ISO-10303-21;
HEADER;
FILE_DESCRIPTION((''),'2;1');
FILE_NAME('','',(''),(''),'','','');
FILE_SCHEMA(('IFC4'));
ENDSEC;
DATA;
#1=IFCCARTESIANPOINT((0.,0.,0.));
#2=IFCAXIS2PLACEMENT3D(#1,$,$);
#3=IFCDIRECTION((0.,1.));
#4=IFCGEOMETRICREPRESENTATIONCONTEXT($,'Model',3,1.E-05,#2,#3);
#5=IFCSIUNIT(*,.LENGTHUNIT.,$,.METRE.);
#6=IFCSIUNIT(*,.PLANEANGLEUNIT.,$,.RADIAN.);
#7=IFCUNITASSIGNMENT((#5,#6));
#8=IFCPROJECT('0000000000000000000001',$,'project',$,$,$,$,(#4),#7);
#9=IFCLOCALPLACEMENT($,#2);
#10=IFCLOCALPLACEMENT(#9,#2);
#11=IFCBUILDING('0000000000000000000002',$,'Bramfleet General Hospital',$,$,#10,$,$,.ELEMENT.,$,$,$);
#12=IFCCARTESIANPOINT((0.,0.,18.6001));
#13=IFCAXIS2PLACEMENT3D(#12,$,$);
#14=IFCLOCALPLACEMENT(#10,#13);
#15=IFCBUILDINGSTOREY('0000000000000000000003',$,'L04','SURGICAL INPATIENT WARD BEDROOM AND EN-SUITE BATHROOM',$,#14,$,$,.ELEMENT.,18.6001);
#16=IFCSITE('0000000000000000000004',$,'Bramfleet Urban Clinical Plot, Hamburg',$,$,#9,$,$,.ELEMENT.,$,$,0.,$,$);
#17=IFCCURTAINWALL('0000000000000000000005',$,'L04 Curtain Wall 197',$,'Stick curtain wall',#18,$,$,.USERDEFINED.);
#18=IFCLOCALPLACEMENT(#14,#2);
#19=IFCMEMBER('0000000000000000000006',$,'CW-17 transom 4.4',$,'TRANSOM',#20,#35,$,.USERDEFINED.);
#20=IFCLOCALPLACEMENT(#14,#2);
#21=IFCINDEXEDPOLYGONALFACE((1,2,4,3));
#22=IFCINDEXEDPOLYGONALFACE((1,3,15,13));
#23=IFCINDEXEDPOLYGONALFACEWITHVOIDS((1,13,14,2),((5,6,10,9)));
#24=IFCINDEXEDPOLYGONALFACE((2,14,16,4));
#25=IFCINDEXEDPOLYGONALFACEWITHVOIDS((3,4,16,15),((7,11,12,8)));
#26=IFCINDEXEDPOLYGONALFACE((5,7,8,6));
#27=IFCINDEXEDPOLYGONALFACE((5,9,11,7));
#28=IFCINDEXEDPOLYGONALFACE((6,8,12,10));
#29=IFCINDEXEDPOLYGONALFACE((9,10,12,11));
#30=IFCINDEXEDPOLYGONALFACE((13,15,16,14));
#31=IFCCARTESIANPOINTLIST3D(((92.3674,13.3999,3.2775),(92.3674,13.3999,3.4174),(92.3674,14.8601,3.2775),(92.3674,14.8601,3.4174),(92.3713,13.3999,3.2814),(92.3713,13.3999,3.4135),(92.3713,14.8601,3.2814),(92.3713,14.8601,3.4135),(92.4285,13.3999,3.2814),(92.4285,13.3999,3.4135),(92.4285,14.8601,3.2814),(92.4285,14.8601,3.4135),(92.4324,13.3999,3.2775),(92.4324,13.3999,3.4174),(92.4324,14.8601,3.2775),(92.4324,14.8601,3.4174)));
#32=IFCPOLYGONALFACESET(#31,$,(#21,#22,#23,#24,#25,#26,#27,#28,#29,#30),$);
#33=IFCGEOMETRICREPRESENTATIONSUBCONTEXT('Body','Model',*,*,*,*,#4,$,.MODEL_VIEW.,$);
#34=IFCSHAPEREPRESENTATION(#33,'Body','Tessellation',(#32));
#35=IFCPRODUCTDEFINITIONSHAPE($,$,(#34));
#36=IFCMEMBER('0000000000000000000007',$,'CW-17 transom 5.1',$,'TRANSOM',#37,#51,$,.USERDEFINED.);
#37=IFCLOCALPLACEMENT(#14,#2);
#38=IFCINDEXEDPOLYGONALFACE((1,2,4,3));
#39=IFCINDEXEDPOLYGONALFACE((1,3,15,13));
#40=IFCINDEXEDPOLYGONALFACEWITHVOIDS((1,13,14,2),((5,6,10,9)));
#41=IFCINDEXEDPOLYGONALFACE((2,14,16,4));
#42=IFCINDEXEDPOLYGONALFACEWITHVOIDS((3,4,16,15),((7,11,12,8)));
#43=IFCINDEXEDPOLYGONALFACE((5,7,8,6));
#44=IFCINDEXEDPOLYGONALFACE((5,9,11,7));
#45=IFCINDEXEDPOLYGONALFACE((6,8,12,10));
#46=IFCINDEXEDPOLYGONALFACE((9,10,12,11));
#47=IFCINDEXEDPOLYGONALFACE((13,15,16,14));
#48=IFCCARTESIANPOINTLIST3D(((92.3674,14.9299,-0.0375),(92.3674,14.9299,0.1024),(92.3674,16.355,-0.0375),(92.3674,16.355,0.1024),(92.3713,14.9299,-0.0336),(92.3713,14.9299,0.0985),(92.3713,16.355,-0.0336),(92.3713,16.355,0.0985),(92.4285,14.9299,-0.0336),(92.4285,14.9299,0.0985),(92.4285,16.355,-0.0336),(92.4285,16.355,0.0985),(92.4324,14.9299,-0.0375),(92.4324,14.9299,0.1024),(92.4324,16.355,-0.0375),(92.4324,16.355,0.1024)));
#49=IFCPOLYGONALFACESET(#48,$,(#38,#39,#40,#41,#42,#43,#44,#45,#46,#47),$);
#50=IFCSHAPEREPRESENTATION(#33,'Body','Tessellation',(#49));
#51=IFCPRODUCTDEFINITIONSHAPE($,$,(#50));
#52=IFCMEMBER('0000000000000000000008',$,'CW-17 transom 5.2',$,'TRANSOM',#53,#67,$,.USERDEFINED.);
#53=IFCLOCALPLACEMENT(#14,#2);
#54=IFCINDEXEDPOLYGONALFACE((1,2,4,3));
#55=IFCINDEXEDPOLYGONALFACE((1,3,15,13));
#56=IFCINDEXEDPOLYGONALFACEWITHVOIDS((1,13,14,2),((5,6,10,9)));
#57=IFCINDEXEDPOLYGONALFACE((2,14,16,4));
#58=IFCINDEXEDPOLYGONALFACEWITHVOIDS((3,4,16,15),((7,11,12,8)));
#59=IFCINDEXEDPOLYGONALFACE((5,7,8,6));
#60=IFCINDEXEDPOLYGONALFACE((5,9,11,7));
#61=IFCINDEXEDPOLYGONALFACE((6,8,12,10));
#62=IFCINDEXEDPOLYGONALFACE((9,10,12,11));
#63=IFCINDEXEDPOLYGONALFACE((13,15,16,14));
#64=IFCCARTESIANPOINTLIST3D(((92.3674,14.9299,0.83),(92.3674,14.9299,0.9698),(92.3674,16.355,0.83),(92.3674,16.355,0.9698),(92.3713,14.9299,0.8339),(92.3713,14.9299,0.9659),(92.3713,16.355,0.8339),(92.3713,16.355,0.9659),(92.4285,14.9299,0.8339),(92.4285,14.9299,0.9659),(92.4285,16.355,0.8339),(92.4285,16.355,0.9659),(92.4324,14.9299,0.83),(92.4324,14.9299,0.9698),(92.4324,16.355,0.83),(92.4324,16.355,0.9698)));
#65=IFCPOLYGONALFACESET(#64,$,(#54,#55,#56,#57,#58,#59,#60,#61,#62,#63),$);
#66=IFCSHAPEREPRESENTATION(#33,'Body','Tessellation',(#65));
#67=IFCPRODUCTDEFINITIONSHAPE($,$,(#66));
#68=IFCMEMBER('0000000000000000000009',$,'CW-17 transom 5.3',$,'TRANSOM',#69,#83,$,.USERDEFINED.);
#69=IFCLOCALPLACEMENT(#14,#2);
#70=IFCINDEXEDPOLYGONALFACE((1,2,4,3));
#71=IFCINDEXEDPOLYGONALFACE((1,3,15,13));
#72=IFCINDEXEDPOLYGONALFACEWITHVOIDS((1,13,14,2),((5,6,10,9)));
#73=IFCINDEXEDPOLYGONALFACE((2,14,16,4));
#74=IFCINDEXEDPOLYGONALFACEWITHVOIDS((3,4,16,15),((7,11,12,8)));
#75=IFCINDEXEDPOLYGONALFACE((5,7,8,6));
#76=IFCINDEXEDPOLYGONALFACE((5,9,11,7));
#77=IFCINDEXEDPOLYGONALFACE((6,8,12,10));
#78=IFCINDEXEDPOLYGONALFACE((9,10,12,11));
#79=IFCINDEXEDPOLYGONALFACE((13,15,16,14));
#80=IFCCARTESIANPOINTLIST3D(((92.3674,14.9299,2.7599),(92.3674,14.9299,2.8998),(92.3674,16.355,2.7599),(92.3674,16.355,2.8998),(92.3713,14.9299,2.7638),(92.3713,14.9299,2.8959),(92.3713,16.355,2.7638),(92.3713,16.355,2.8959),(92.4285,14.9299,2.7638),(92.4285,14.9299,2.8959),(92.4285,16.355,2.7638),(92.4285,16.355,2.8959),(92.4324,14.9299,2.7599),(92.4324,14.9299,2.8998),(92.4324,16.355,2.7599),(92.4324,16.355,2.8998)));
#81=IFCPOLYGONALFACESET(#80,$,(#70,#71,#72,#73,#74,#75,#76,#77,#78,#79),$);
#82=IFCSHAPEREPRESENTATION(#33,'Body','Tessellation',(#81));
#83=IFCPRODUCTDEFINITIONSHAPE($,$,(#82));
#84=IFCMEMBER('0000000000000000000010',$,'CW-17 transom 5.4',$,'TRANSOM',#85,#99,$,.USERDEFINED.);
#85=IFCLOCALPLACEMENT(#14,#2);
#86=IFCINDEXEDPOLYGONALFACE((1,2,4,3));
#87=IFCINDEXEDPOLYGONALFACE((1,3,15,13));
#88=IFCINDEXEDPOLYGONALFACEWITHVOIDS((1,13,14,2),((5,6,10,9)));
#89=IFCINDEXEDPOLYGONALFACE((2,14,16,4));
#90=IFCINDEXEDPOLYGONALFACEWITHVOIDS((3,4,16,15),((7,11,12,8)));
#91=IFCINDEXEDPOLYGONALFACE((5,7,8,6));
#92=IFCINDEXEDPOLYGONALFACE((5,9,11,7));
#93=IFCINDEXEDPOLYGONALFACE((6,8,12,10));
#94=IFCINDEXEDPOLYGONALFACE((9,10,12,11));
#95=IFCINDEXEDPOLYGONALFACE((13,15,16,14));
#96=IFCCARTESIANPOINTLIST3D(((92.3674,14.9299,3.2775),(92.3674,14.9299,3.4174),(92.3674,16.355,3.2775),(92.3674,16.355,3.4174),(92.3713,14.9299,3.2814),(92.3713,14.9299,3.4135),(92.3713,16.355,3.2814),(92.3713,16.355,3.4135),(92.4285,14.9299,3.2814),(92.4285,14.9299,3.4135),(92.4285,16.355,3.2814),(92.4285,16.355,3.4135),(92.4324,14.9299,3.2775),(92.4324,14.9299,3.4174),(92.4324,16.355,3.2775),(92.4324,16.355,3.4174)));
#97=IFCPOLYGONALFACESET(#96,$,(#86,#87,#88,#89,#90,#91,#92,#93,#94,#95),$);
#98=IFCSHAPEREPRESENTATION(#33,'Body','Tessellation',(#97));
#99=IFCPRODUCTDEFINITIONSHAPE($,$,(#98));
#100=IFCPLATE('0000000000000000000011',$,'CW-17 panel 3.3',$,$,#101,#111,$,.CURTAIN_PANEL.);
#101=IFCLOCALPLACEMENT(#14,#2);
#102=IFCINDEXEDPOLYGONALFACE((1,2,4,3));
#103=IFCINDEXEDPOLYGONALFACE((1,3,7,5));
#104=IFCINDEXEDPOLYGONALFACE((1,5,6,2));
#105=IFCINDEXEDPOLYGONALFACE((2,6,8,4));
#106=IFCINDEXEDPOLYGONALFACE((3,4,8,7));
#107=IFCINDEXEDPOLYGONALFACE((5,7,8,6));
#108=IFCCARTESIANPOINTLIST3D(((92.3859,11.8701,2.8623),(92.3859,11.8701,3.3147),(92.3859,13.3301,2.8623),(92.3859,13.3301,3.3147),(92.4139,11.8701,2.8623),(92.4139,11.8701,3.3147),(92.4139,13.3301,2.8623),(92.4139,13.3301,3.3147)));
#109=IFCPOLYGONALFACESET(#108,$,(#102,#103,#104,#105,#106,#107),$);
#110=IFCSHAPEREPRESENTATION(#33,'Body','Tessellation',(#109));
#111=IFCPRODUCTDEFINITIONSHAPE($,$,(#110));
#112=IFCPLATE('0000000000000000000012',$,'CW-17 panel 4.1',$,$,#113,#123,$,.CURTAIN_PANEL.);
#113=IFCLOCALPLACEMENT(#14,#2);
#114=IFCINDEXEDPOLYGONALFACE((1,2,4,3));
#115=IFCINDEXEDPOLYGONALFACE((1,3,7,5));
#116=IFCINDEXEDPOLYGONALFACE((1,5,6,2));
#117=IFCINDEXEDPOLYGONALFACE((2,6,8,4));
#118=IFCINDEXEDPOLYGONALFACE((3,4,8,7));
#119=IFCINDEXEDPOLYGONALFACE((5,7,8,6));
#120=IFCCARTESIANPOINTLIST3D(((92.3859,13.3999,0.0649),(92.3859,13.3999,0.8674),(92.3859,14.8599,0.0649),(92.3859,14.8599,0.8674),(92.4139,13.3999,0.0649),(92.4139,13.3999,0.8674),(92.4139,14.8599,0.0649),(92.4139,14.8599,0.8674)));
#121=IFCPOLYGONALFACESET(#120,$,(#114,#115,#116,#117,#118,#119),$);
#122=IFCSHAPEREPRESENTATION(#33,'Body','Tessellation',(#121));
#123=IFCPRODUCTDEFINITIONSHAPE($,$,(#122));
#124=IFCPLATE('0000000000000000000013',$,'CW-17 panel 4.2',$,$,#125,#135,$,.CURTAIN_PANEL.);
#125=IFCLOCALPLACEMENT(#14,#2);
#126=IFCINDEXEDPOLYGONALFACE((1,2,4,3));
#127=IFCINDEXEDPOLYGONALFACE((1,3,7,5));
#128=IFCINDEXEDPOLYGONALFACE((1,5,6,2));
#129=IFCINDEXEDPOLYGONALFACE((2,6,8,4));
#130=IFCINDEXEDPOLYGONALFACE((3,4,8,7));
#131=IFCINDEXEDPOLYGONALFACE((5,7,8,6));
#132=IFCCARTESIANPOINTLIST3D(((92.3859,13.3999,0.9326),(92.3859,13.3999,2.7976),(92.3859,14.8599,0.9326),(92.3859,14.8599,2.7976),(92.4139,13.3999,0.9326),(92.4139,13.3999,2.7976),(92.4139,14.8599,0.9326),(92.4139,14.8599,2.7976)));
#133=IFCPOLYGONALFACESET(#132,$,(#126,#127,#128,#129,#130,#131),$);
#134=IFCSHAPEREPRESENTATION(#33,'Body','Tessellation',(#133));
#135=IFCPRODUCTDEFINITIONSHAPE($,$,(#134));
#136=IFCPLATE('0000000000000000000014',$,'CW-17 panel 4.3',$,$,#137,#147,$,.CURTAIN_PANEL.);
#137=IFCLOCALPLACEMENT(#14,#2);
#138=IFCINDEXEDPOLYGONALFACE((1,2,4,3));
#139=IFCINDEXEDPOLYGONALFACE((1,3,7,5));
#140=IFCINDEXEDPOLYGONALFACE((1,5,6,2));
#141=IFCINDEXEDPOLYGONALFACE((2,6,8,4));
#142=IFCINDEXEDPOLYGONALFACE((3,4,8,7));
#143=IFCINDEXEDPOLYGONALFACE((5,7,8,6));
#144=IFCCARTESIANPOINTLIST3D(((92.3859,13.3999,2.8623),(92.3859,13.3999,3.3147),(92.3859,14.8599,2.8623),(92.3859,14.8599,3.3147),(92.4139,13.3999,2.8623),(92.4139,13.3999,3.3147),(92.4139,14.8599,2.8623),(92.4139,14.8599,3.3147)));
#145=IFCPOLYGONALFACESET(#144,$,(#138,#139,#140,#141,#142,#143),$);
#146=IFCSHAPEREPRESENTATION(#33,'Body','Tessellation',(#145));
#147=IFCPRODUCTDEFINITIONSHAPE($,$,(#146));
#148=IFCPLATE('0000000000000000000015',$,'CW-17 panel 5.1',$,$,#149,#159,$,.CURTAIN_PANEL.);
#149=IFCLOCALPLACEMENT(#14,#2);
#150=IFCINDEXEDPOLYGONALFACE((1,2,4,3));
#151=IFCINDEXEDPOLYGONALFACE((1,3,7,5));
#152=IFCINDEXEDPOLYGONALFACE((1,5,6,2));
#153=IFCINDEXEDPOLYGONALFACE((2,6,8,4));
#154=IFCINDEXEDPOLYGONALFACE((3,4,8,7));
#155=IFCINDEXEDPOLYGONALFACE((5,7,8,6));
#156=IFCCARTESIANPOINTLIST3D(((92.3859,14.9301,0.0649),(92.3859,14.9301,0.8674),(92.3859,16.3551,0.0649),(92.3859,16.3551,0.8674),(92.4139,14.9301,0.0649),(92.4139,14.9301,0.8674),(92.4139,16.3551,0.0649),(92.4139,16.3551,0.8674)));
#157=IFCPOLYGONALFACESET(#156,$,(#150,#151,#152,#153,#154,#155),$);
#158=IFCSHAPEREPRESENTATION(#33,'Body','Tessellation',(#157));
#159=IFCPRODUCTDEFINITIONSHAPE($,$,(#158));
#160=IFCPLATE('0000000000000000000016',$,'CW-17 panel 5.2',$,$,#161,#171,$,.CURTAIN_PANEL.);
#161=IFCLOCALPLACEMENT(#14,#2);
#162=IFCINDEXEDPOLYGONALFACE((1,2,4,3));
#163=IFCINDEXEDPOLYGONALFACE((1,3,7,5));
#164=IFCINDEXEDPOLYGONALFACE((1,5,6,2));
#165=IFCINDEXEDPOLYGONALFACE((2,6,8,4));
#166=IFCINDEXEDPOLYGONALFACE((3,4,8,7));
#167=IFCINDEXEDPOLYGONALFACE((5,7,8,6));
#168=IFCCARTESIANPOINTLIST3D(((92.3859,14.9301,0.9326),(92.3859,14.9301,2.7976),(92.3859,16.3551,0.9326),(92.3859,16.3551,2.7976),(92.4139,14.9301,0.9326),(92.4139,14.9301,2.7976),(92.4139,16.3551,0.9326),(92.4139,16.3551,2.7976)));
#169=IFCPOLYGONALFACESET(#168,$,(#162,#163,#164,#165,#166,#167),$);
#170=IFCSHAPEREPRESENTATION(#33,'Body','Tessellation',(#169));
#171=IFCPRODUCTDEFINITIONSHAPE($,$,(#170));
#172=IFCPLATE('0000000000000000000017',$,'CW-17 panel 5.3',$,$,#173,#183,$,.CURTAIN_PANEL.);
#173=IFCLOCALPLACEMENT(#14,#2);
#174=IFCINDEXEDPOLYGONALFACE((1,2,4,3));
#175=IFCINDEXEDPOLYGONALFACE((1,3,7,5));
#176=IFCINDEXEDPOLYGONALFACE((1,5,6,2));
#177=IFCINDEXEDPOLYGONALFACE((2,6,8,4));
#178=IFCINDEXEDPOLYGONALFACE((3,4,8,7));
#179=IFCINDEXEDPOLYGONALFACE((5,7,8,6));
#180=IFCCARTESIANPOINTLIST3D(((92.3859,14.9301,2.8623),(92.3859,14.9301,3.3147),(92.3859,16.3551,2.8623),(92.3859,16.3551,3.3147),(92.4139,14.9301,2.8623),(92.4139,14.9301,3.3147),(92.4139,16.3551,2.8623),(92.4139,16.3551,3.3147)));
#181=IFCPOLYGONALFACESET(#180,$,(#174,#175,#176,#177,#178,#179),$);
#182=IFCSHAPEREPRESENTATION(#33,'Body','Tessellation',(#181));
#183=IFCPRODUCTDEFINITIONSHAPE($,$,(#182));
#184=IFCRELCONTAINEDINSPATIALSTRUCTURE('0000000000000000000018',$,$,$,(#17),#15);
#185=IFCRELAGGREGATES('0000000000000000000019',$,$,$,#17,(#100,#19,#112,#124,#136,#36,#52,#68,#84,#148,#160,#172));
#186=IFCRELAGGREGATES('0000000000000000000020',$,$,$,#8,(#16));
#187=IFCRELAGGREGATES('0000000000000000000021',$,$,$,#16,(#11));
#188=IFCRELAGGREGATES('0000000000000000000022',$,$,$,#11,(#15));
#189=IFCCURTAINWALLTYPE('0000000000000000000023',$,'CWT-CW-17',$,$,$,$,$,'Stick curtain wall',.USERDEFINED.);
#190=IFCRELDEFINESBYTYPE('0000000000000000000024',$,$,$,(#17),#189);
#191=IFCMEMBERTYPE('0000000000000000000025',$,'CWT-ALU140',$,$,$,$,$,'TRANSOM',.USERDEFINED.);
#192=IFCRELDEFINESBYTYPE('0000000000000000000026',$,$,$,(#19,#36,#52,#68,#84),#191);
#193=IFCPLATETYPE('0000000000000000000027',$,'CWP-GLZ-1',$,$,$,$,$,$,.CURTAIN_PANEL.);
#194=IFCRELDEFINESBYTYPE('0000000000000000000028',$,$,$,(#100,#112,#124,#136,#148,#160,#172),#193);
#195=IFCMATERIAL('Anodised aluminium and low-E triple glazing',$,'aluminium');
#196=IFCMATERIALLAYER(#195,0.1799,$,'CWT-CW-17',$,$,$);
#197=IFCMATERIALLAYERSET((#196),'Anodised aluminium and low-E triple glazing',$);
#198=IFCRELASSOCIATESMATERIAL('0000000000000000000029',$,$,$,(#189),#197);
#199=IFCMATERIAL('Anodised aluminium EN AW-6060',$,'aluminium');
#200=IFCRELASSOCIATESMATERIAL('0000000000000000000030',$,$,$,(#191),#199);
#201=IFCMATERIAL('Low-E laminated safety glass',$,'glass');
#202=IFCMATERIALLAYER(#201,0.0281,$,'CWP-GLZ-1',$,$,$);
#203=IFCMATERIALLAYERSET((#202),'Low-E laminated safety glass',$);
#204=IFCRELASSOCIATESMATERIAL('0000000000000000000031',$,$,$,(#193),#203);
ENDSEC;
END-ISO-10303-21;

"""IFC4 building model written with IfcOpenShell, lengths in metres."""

from ifc_helpers import new_model, si_unit, direction, frame, origin, origin_2d, place, context, subcontext, project, spatial, rectangle, hollow_rectangle, extrude, material, layer, layer_set, material_profile, profile_set, type_object, element, aggregate, save


model = new_model("IFC4")

# Units and contexts
model_context = context("Model", 3, precision=1e-05, world=origin(), true_north=direction((0.0, 1.0)))
body_context = subcontext(model_context, "Body", "Model", "MODEL_VIEW")
ifc_project = project(units=[si_unit("LENGTHUNIT", "METRE"), si_unit("PLANEANGLEUNIT", "RADIAN")], contexts=[model_context])

# Site, building, storey
site_placement = place(None, origin())
site = spatial("IfcSite", under=ifc_project, at=site_placement, Name="Bramfleet Urban Clinical Plot, Hamburg", CompositionType="ELEMENT", RefElevation=0.0)
building_placement = place(site_placement, origin())
building = spatial("IfcBuilding", under=site, at=building_placement, Name="Bramfleet General Hospital", CompositionType="ELEMENT")
storey_placement = place(building_placement, frame((0.0, 0.0, 18.6001)))
storey = spatial("IfcBuildingStorey", under=building, at=storey_placement, Name="L04", Description="SURGICAL INPATIENT WARD BEDROOM AND EN-SUITE BATHROOM", CompositionType="ELEMENT", Elevation=18.6001)

# Curtain wall, members, plates
ifc_material_1 = material(Name="Anodised aluminium and low-E triple glazing", Category="aluminium")
ifc_layer_1 = layer(ifc_material_1, 0.1799, Name="CWT-CW-17")
ifc_layer_set_1 = layer_set([ifc_layer_1], Name="Anodised aluminium and low-E triple glazing")
curtain_wall_type = type_object("IfcCurtainWallType", Name="CWT-CW-17", ElementType="Stick curtain wall", PredefinedType="USERDEFINED", material=ifc_layer_set_1)
curtain_wall_placement = place(storey_placement, origin())
curtain_wall = element("IfcCurtainWall", 1, at=curtain_wall_placement, inside=storey, type_object=curtain_wall_type, Name="L04 Curtain Wall 197", ObjectType="Stick curtain wall", PredefinedType="USERDEFINED")
ifc_material_2 = material(Name="Anodised aluminium EN AW-6060", Category="aluminium")
ifc_material_profile_1 = material_profile(ifc_material_2, hollow_rectangle(XDim=0.0649, YDim=0.1399, WallThickness=0.0039, at=origin_2d()), Name="ALU 140x65x4.0")
ifc_profile_set_1 = profile_set([ifc_material_profile_1], Name="Anodised aluminium EN AW-6060")
member_type_1 = type_object("IfcMemberType", Name="CWT-ALU140", ElementType="TRANSOM", PredefinedType="USERDEFINED", material=ifc_profile_set_1)
member_1_placement = place(storey_placement, frame((92.3999, 13.3999, 3.3474), z_axis=(0.0, 1.0, 0.0), x_axis=(-1.0, 0.0, 0.0)))
member_1 = element("IfcMember", 2, at=member_1_placement, type_object=member_type_1, Name="CW-17 transom 4.4", ObjectType="TRANSOM", PredefinedType="USERDEFINED", context=body_context, shape_type="SweptSolid", body=[
    extrude(hollow_rectangle(XDim=0.0649, YDim=0.1399, WallThickness=0.0039, at=origin_2d()), origin(), (0.0, 0.0, 1.0), 1.4602),
])
member_2_placement = place(storey_placement, frame((92.3999, 14.9299, 0.0325), z_axis=(0.0, 1.0, 0.0), x_axis=(-1.0, 0.0, 0.0)))
member_2 = element("IfcMember", 3, at=member_2_placement, type_object=member_type_1, Name="CW-17 transom 5.1", ObjectType="TRANSOM", PredefinedType="USERDEFINED", context=body_context, shape_type="SweptSolid", body=[
    extrude(hollow_rectangle(XDim=0.0649, YDim=0.1399, WallThickness=0.0039, at=origin_2d()), origin(), (0.0, 0.0, 1.0), 1.425),
])
member_3_placement = place(storey_placement, frame((92.3999, 14.9299, 0.8999), z_axis=(0.0, 1.0, 0.0), x_axis=(-1.0, 0.0, 0.0)))
member_3 = element("IfcMember", 4, at=member_3_placement, type_object=member_type_1, Name="CW-17 transom 5.2", ObjectType="TRANSOM", PredefinedType="USERDEFINED", context=body_context, shape_type="SweptSolid", body=[
    extrude(hollow_rectangle(XDim=0.0649, YDim=0.1399, WallThickness=0.0039, at=origin_2d()), origin(), (0.0, 0.0, 1.0), 1.425),
])
member_4_placement = place(storey_placement, frame((92.3999, 14.9299, 2.8298), z_axis=(0.0, 1.0, 0.0), x_axis=(-1.0, 0.0, 0.0)))
member_4 = element("IfcMember", 5, at=member_4_placement, type_object=member_type_1, Name="CW-17 transom 5.3", ObjectType="TRANSOM", PredefinedType="USERDEFINED", context=body_context, shape_type="SweptSolid", body=[
    extrude(hollow_rectangle(XDim=0.0649, YDim=0.1399, WallThickness=0.0039, at=origin_2d()), origin(), (0.0, 0.0, 1.0), 1.425),
])
member_5_placement = place(storey_placement, frame((92.3999, 14.9299, 3.3474), z_axis=(0.0, 1.0, 0.0), x_axis=(-1.0, 0.0, 0.0)))
member_5 = element("IfcMember", 6, at=member_5_placement, type_object=member_type_1, Name="CW-17 transom 5.4", ObjectType="TRANSOM", PredefinedType="USERDEFINED", context=body_context, shape_type="SweptSolid", body=[
    extrude(hollow_rectangle(XDim=0.0649, YDim=0.1399, WallThickness=0.0039, at=origin_2d()), origin(), (0.0, 0.0, 1.0), 1.425),
])
ifc_material_3 = material(Name="Low-E laminated safety glass", Category="glass")
ifc_layer_2 = layer(ifc_material_3, 0.0281, Name="CWP-GLZ-1")
ifc_layer_set_2 = layer_set([ifc_layer_2], Name="Low-E laminated safety glass")
plate_type = type_object("IfcPlateType", Name="CWP-GLZ-1", PredefinedType="CURTAIN_PANEL", material=ifc_layer_set_2)
plate_1_placement = place(storey_placement, frame((92.3999, 12.6001, 2.8623), z_axis=(0.0, 0.0, 1.0), x_axis=(0.0, 1.0, 0.0)))
plate_1 = element("IfcPlate", 7, at=plate_1_placement, type_object=plate_type, Name="CW-17 panel 3.3", PredefinedType="CURTAIN_PANEL", context=body_context, shape_type="SweptSolid", body=[
    extrude(rectangle(XDim=1.46, YDim=0.0281, at=origin_2d()), origin(), (0.0, 0.0, 1.0), 0.4524),
])
plate_2_placement = place(storey_placement, frame((92.3999, 14.1299, 0.0649), z_axis=(0.0, 0.0, 1.0), x_axis=(0.0, 1.0, 0.0)))
plate_2 = element("IfcPlate", 8, at=plate_2_placement, type_object=plate_type, Name="CW-17 panel 4.1", PredefinedType="CURTAIN_PANEL", context=body_context, shape_type="SweptSolid", body=[
    extrude(rectangle(XDim=1.46, YDim=0.0281, at=origin_2d()), origin(), (0.0, 0.0, 1.0), 0.8025),
])
plate_3_placement = place(storey_placement, frame((92.3999, 14.1299, 0.9326), z_axis=(0.0, 0.0, 1.0), x_axis=(0.0, 1.0, 0.0)))
plate_3 = element("IfcPlate", 9, at=plate_3_placement, type_object=plate_type, Name="CW-17 panel 4.2", PredefinedType="CURTAIN_PANEL", context=body_context, shape_type="SweptSolid", body=[
    extrude(rectangle(XDim=1.46, YDim=0.0281, at=origin_2d()), origin(), (0.0, 0.0, 1.0), 1.865),
])
plate_4_placement = place(storey_placement, frame((92.3999, 14.1299, 2.8623), z_axis=(0.0, 0.0, 1.0), x_axis=(0.0, 1.0, 0.0)))
plate_4 = element("IfcPlate", 10, at=plate_4_placement, type_object=plate_type, Name="CW-17 panel 4.3", PredefinedType="CURTAIN_PANEL", context=body_context, shape_type="SweptSolid", body=[
    extrude(rectangle(XDim=1.46, YDim=0.0281, at=origin_2d()), origin(), (0.0, 0.0, 1.0), 0.4524),
])
plate_5_placement = place(storey_placement, frame((92.3999, 15.6426, 0.0649), z_axis=(0.0, 0.0, 1.0), x_axis=(0.0, 1.0, 0.0)))
plate_5 = element("IfcPlate", 11, at=plate_5_placement, type_object=plate_type, Name="CW-17 panel 5.1", PredefinedType="CURTAIN_PANEL", context=body_context, shape_type="SweptSolid", body=[
    extrude(rectangle(XDim=1.425, YDim=0.0281, at=origin_2d()), origin(), (0.0, 0.0, 1.0), 0.8025),
])
plate_6_placement = place(storey_placement, frame((92.3999, 15.6426, 0.9326), z_axis=(0.0, 0.0, 1.0), x_axis=(0.0, 1.0, 0.0)))
plate_6 = element("IfcPlate", 12, at=plate_6_placement, type_object=plate_type, Name="CW-17 panel 5.2", PredefinedType="CURTAIN_PANEL", context=body_context, shape_type="SweptSolid", body=[
    extrude(rectangle(XDim=1.425, YDim=0.0281, at=origin_2d()), origin(), (0.0, 0.0, 1.0), 1.865),
])
plate_7_placement = place(storey_placement, frame((92.3999, 15.6426, 2.8623), z_axis=(0.0, 0.0, 1.0), x_axis=(0.0, 1.0, 0.0)))
plate_7 = element("IfcPlate", 13, at=plate_7_placement, type_object=plate_type, Name="CW-17 panel 5.3", PredefinedType="CURTAIN_PANEL", context=body_context, shape_type="SweptSolid", body=[
    extrude(rectangle(XDim=1.425, YDim=0.0281, at=origin_2d()), origin(), (0.0, 0.0, 1.0), 0.4524),
])
aggregate(curtain_wall, [plate_1, member_1, plate_2, plate_3, plate_4, member_2, member_3, member_4, member_5, plate_5, plate_6, plate_7])

save(model, "model.ifc")
